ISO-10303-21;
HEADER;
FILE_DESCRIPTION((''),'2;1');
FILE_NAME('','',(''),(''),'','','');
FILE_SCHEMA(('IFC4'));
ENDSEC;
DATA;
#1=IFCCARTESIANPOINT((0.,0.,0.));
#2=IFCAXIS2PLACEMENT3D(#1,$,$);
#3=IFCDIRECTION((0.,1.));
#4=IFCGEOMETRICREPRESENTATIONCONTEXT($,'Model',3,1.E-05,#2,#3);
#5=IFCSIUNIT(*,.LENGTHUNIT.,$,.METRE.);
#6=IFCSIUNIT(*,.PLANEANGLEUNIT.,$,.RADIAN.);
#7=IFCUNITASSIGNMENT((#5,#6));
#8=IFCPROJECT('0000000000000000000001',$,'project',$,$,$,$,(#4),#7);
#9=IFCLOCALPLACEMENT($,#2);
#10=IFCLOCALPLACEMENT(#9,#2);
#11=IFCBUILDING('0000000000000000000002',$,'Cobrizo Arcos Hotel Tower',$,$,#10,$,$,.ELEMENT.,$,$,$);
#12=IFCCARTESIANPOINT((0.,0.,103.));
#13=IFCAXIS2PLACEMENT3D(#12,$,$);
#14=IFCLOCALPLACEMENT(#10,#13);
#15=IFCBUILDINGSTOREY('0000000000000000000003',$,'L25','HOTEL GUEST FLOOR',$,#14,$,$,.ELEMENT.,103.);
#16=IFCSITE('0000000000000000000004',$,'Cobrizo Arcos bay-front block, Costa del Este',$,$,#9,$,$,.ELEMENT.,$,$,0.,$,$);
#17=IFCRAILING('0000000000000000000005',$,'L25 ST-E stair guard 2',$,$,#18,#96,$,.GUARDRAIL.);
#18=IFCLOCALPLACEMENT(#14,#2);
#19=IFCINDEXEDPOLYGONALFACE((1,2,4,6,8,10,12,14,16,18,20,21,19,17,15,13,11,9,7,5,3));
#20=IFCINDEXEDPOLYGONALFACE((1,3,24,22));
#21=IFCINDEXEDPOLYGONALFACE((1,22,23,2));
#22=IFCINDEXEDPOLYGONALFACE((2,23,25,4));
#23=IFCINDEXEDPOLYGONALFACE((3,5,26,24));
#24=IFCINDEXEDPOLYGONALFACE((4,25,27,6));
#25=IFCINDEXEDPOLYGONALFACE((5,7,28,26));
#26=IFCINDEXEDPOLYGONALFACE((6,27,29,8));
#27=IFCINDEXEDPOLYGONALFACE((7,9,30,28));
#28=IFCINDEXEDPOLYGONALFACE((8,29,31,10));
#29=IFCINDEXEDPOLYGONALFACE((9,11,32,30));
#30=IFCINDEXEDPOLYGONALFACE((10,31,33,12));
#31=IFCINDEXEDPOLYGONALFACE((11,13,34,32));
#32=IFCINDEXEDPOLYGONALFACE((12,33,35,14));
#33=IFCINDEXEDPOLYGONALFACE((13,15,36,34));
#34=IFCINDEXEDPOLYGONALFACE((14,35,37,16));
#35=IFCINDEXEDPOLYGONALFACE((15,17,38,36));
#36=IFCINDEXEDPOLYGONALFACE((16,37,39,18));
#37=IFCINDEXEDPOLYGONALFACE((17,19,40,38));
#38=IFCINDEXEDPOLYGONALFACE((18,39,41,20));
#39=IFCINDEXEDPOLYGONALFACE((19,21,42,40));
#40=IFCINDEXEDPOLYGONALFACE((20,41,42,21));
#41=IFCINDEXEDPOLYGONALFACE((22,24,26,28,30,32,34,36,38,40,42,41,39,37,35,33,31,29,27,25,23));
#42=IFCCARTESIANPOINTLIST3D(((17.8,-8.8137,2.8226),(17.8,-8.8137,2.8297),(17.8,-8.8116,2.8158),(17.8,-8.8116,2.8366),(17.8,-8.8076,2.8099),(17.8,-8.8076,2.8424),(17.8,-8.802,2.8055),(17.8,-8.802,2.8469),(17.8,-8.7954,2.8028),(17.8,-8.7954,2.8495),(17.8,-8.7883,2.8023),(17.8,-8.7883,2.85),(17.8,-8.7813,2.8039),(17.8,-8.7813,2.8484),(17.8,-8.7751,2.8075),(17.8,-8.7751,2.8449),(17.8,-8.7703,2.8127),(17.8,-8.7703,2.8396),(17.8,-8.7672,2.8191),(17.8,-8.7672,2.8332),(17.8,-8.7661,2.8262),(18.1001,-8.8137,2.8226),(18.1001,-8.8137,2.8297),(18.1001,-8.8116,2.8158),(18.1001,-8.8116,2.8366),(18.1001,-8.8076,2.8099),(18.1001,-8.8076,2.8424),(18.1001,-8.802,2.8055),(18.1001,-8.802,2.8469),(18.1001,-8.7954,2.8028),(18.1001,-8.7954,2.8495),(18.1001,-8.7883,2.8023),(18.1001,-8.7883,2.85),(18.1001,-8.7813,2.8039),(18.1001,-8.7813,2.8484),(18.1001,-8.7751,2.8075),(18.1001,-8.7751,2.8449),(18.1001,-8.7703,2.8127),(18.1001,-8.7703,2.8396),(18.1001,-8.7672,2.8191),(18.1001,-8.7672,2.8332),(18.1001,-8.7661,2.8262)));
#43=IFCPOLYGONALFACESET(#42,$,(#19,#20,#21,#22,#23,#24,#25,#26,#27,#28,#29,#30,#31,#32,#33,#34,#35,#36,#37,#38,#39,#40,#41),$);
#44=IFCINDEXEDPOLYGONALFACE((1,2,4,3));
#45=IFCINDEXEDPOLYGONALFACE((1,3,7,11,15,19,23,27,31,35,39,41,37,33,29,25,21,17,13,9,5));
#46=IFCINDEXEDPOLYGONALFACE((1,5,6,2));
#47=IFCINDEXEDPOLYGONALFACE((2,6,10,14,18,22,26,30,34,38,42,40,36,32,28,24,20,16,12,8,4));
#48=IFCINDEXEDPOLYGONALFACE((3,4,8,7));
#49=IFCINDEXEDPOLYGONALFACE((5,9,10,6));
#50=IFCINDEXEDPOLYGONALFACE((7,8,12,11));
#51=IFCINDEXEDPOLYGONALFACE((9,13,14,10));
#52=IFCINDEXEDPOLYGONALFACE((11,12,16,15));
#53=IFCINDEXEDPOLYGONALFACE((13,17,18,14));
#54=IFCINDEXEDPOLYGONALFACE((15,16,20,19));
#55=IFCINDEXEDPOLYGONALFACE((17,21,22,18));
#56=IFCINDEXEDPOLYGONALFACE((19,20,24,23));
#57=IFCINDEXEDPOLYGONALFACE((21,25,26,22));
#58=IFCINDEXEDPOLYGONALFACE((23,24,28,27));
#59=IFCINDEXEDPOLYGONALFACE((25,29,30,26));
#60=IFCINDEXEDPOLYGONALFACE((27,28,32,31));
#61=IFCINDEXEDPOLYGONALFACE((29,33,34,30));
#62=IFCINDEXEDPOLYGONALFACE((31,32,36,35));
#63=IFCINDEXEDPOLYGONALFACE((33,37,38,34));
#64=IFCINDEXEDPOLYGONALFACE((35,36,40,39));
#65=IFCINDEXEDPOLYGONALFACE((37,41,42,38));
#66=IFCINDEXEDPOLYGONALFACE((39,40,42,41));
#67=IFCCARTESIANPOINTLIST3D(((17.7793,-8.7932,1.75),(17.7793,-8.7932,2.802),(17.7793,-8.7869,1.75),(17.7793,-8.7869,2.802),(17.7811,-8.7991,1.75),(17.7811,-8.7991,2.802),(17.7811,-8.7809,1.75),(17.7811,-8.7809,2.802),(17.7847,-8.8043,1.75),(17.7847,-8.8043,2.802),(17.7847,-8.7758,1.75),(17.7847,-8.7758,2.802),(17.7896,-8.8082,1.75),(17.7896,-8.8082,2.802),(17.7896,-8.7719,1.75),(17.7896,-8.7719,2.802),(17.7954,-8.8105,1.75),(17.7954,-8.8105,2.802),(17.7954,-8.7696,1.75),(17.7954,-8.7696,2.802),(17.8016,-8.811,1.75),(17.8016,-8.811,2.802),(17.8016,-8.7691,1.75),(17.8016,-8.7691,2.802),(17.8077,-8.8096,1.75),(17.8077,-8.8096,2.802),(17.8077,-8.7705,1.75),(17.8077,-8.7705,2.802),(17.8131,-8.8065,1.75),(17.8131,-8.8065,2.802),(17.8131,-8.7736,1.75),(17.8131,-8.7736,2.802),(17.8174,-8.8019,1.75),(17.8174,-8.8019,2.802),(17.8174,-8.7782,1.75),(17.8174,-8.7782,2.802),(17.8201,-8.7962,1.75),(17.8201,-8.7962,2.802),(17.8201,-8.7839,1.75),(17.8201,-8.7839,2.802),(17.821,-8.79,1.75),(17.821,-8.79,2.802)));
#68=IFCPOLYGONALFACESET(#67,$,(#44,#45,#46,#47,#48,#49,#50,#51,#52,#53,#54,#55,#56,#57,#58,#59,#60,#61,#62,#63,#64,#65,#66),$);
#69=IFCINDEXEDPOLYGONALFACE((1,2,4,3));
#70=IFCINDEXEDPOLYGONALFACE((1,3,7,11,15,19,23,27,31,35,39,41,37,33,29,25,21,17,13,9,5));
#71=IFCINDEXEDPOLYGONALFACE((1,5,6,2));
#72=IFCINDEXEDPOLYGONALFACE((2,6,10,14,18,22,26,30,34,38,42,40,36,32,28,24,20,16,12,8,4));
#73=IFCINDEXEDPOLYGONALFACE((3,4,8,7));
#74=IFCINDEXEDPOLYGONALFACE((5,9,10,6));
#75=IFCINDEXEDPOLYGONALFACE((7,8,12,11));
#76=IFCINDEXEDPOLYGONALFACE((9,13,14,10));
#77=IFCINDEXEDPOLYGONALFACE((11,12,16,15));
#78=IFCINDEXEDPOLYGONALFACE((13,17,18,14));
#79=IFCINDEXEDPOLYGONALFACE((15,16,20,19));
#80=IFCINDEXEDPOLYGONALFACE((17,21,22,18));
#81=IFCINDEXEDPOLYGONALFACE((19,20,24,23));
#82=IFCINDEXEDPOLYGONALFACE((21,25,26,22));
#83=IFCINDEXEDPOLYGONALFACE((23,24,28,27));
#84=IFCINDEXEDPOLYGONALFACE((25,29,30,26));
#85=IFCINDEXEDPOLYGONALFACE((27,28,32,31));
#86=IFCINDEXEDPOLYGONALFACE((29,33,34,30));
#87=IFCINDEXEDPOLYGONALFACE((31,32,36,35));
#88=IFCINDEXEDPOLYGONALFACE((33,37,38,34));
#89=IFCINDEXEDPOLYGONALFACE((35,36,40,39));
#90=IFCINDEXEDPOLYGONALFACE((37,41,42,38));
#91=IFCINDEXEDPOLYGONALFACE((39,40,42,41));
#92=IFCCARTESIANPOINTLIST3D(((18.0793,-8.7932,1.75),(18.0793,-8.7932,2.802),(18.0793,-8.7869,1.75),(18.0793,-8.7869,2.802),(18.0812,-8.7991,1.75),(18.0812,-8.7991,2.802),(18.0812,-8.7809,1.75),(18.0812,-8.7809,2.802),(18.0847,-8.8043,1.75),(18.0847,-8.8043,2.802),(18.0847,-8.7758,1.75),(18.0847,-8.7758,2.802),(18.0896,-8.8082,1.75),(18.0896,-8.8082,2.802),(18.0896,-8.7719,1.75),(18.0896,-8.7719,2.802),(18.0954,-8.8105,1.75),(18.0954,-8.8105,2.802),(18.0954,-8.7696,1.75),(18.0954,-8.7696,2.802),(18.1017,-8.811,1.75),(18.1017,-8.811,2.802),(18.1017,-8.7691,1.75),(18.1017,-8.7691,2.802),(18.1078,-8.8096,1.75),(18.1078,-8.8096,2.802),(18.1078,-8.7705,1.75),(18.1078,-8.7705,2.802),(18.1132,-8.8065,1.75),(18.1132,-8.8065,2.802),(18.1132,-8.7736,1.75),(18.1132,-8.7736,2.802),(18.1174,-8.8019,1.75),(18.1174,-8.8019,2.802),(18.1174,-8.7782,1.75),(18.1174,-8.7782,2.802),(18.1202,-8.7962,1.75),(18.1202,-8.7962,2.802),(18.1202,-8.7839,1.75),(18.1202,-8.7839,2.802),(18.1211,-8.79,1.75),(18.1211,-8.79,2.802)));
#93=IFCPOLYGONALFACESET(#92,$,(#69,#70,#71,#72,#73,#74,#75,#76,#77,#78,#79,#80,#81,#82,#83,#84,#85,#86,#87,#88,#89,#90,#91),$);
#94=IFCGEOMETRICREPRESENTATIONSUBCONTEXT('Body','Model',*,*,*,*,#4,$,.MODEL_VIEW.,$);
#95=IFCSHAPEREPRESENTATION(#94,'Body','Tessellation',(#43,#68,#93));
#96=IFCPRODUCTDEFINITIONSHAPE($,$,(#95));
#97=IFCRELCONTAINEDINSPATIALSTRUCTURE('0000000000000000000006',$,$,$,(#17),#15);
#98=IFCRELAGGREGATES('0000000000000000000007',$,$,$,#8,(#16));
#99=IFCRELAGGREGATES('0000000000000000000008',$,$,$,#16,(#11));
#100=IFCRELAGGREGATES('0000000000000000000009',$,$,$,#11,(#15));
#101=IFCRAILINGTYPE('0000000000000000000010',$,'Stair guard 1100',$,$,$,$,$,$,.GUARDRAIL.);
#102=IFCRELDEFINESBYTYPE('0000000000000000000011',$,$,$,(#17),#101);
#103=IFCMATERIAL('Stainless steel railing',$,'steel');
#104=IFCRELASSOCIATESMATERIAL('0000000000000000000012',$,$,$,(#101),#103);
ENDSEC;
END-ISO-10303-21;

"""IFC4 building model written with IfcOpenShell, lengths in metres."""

from ifc_helpers import new_model, si_unit, direction, frame, origin, origin_2d, place, context, subcontext, project, spatial, circle, extrude, material, type_object, element, save


model = new_model("IFC4")

# Units and contexts
model_context = context("Model", 3, precision=1e-05, world=origin(), true_north=direction((0.0, 1.0)))
body_context = subcontext(model_context, "Body", "Model", "MODEL_VIEW")
ifc_project = project(units=[si_unit("LENGTHUNIT", "METRE"), si_unit("PLANEANGLEUNIT", "RADIAN")], contexts=[model_context])

# Site, building, storey
site_placement = place(None, origin())
site = spatial("IfcSite", under=ifc_project, at=site_placement, Name="Cobrizo Arcos bay-front block, Costa del Este", CompositionType="ELEMENT", RefElevation=0.0)
building_placement = place(site_placement, origin())
building = spatial("IfcBuilding", under=site, at=building_placement, Name="Cobrizo Arcos Hotel Tower", CompositionType="ELEMENT")
storey_placement = place(building_placement, frame((0.0, 0.0, 103.0)))
storey = spatial("IfcBuildingStorey", under=building, at=storey_placement, Name="L25", Description="HOTEL GUEST FLOOR", CompositionType="ELEMENT", Elevation=103.0)

# Railing
ifc_material_1 = material(Name="Stainless steel railing", Category="steel")
railing_type_1 = type_object("IfcRailingType", Name="Stair guard 1100", PredefinedType="GUARDRAIL", material=ifc_material_1)
railing_1_placement = place(storey_placement, frame((17.8, -8.79, 1.75)))
element("IfcRailing", 1, at=railing_1_placement, inside=storey, type_object=railing_type_1, Name="L25 ST-E stair guard 2", PredefinedType="GUARDRAIL", context=body_context, shape_type="SweptSolid", body=[
    extrude(circle(Radius=0.0239, at=origin_2d()), frame((0.0, 0.0, 1.0762), z_axis=(1.0, 0.0, 0.0), x_axis=(0.0, 1.0, 0.0)), (0.0, 0.0, 1.0), 0.3),
    extrude(circle(Radius=0.021, at=origin_2d()), origin(), (0.0, 0.0, 1.0), 1.052),
    extrude(circle(Radius=0.021, at=origin_2d()), frame((0.3, 0.0, 0.0)), (0.0, 0.0, 1.0), 1.052),
])

save(model, "model.ifc")
